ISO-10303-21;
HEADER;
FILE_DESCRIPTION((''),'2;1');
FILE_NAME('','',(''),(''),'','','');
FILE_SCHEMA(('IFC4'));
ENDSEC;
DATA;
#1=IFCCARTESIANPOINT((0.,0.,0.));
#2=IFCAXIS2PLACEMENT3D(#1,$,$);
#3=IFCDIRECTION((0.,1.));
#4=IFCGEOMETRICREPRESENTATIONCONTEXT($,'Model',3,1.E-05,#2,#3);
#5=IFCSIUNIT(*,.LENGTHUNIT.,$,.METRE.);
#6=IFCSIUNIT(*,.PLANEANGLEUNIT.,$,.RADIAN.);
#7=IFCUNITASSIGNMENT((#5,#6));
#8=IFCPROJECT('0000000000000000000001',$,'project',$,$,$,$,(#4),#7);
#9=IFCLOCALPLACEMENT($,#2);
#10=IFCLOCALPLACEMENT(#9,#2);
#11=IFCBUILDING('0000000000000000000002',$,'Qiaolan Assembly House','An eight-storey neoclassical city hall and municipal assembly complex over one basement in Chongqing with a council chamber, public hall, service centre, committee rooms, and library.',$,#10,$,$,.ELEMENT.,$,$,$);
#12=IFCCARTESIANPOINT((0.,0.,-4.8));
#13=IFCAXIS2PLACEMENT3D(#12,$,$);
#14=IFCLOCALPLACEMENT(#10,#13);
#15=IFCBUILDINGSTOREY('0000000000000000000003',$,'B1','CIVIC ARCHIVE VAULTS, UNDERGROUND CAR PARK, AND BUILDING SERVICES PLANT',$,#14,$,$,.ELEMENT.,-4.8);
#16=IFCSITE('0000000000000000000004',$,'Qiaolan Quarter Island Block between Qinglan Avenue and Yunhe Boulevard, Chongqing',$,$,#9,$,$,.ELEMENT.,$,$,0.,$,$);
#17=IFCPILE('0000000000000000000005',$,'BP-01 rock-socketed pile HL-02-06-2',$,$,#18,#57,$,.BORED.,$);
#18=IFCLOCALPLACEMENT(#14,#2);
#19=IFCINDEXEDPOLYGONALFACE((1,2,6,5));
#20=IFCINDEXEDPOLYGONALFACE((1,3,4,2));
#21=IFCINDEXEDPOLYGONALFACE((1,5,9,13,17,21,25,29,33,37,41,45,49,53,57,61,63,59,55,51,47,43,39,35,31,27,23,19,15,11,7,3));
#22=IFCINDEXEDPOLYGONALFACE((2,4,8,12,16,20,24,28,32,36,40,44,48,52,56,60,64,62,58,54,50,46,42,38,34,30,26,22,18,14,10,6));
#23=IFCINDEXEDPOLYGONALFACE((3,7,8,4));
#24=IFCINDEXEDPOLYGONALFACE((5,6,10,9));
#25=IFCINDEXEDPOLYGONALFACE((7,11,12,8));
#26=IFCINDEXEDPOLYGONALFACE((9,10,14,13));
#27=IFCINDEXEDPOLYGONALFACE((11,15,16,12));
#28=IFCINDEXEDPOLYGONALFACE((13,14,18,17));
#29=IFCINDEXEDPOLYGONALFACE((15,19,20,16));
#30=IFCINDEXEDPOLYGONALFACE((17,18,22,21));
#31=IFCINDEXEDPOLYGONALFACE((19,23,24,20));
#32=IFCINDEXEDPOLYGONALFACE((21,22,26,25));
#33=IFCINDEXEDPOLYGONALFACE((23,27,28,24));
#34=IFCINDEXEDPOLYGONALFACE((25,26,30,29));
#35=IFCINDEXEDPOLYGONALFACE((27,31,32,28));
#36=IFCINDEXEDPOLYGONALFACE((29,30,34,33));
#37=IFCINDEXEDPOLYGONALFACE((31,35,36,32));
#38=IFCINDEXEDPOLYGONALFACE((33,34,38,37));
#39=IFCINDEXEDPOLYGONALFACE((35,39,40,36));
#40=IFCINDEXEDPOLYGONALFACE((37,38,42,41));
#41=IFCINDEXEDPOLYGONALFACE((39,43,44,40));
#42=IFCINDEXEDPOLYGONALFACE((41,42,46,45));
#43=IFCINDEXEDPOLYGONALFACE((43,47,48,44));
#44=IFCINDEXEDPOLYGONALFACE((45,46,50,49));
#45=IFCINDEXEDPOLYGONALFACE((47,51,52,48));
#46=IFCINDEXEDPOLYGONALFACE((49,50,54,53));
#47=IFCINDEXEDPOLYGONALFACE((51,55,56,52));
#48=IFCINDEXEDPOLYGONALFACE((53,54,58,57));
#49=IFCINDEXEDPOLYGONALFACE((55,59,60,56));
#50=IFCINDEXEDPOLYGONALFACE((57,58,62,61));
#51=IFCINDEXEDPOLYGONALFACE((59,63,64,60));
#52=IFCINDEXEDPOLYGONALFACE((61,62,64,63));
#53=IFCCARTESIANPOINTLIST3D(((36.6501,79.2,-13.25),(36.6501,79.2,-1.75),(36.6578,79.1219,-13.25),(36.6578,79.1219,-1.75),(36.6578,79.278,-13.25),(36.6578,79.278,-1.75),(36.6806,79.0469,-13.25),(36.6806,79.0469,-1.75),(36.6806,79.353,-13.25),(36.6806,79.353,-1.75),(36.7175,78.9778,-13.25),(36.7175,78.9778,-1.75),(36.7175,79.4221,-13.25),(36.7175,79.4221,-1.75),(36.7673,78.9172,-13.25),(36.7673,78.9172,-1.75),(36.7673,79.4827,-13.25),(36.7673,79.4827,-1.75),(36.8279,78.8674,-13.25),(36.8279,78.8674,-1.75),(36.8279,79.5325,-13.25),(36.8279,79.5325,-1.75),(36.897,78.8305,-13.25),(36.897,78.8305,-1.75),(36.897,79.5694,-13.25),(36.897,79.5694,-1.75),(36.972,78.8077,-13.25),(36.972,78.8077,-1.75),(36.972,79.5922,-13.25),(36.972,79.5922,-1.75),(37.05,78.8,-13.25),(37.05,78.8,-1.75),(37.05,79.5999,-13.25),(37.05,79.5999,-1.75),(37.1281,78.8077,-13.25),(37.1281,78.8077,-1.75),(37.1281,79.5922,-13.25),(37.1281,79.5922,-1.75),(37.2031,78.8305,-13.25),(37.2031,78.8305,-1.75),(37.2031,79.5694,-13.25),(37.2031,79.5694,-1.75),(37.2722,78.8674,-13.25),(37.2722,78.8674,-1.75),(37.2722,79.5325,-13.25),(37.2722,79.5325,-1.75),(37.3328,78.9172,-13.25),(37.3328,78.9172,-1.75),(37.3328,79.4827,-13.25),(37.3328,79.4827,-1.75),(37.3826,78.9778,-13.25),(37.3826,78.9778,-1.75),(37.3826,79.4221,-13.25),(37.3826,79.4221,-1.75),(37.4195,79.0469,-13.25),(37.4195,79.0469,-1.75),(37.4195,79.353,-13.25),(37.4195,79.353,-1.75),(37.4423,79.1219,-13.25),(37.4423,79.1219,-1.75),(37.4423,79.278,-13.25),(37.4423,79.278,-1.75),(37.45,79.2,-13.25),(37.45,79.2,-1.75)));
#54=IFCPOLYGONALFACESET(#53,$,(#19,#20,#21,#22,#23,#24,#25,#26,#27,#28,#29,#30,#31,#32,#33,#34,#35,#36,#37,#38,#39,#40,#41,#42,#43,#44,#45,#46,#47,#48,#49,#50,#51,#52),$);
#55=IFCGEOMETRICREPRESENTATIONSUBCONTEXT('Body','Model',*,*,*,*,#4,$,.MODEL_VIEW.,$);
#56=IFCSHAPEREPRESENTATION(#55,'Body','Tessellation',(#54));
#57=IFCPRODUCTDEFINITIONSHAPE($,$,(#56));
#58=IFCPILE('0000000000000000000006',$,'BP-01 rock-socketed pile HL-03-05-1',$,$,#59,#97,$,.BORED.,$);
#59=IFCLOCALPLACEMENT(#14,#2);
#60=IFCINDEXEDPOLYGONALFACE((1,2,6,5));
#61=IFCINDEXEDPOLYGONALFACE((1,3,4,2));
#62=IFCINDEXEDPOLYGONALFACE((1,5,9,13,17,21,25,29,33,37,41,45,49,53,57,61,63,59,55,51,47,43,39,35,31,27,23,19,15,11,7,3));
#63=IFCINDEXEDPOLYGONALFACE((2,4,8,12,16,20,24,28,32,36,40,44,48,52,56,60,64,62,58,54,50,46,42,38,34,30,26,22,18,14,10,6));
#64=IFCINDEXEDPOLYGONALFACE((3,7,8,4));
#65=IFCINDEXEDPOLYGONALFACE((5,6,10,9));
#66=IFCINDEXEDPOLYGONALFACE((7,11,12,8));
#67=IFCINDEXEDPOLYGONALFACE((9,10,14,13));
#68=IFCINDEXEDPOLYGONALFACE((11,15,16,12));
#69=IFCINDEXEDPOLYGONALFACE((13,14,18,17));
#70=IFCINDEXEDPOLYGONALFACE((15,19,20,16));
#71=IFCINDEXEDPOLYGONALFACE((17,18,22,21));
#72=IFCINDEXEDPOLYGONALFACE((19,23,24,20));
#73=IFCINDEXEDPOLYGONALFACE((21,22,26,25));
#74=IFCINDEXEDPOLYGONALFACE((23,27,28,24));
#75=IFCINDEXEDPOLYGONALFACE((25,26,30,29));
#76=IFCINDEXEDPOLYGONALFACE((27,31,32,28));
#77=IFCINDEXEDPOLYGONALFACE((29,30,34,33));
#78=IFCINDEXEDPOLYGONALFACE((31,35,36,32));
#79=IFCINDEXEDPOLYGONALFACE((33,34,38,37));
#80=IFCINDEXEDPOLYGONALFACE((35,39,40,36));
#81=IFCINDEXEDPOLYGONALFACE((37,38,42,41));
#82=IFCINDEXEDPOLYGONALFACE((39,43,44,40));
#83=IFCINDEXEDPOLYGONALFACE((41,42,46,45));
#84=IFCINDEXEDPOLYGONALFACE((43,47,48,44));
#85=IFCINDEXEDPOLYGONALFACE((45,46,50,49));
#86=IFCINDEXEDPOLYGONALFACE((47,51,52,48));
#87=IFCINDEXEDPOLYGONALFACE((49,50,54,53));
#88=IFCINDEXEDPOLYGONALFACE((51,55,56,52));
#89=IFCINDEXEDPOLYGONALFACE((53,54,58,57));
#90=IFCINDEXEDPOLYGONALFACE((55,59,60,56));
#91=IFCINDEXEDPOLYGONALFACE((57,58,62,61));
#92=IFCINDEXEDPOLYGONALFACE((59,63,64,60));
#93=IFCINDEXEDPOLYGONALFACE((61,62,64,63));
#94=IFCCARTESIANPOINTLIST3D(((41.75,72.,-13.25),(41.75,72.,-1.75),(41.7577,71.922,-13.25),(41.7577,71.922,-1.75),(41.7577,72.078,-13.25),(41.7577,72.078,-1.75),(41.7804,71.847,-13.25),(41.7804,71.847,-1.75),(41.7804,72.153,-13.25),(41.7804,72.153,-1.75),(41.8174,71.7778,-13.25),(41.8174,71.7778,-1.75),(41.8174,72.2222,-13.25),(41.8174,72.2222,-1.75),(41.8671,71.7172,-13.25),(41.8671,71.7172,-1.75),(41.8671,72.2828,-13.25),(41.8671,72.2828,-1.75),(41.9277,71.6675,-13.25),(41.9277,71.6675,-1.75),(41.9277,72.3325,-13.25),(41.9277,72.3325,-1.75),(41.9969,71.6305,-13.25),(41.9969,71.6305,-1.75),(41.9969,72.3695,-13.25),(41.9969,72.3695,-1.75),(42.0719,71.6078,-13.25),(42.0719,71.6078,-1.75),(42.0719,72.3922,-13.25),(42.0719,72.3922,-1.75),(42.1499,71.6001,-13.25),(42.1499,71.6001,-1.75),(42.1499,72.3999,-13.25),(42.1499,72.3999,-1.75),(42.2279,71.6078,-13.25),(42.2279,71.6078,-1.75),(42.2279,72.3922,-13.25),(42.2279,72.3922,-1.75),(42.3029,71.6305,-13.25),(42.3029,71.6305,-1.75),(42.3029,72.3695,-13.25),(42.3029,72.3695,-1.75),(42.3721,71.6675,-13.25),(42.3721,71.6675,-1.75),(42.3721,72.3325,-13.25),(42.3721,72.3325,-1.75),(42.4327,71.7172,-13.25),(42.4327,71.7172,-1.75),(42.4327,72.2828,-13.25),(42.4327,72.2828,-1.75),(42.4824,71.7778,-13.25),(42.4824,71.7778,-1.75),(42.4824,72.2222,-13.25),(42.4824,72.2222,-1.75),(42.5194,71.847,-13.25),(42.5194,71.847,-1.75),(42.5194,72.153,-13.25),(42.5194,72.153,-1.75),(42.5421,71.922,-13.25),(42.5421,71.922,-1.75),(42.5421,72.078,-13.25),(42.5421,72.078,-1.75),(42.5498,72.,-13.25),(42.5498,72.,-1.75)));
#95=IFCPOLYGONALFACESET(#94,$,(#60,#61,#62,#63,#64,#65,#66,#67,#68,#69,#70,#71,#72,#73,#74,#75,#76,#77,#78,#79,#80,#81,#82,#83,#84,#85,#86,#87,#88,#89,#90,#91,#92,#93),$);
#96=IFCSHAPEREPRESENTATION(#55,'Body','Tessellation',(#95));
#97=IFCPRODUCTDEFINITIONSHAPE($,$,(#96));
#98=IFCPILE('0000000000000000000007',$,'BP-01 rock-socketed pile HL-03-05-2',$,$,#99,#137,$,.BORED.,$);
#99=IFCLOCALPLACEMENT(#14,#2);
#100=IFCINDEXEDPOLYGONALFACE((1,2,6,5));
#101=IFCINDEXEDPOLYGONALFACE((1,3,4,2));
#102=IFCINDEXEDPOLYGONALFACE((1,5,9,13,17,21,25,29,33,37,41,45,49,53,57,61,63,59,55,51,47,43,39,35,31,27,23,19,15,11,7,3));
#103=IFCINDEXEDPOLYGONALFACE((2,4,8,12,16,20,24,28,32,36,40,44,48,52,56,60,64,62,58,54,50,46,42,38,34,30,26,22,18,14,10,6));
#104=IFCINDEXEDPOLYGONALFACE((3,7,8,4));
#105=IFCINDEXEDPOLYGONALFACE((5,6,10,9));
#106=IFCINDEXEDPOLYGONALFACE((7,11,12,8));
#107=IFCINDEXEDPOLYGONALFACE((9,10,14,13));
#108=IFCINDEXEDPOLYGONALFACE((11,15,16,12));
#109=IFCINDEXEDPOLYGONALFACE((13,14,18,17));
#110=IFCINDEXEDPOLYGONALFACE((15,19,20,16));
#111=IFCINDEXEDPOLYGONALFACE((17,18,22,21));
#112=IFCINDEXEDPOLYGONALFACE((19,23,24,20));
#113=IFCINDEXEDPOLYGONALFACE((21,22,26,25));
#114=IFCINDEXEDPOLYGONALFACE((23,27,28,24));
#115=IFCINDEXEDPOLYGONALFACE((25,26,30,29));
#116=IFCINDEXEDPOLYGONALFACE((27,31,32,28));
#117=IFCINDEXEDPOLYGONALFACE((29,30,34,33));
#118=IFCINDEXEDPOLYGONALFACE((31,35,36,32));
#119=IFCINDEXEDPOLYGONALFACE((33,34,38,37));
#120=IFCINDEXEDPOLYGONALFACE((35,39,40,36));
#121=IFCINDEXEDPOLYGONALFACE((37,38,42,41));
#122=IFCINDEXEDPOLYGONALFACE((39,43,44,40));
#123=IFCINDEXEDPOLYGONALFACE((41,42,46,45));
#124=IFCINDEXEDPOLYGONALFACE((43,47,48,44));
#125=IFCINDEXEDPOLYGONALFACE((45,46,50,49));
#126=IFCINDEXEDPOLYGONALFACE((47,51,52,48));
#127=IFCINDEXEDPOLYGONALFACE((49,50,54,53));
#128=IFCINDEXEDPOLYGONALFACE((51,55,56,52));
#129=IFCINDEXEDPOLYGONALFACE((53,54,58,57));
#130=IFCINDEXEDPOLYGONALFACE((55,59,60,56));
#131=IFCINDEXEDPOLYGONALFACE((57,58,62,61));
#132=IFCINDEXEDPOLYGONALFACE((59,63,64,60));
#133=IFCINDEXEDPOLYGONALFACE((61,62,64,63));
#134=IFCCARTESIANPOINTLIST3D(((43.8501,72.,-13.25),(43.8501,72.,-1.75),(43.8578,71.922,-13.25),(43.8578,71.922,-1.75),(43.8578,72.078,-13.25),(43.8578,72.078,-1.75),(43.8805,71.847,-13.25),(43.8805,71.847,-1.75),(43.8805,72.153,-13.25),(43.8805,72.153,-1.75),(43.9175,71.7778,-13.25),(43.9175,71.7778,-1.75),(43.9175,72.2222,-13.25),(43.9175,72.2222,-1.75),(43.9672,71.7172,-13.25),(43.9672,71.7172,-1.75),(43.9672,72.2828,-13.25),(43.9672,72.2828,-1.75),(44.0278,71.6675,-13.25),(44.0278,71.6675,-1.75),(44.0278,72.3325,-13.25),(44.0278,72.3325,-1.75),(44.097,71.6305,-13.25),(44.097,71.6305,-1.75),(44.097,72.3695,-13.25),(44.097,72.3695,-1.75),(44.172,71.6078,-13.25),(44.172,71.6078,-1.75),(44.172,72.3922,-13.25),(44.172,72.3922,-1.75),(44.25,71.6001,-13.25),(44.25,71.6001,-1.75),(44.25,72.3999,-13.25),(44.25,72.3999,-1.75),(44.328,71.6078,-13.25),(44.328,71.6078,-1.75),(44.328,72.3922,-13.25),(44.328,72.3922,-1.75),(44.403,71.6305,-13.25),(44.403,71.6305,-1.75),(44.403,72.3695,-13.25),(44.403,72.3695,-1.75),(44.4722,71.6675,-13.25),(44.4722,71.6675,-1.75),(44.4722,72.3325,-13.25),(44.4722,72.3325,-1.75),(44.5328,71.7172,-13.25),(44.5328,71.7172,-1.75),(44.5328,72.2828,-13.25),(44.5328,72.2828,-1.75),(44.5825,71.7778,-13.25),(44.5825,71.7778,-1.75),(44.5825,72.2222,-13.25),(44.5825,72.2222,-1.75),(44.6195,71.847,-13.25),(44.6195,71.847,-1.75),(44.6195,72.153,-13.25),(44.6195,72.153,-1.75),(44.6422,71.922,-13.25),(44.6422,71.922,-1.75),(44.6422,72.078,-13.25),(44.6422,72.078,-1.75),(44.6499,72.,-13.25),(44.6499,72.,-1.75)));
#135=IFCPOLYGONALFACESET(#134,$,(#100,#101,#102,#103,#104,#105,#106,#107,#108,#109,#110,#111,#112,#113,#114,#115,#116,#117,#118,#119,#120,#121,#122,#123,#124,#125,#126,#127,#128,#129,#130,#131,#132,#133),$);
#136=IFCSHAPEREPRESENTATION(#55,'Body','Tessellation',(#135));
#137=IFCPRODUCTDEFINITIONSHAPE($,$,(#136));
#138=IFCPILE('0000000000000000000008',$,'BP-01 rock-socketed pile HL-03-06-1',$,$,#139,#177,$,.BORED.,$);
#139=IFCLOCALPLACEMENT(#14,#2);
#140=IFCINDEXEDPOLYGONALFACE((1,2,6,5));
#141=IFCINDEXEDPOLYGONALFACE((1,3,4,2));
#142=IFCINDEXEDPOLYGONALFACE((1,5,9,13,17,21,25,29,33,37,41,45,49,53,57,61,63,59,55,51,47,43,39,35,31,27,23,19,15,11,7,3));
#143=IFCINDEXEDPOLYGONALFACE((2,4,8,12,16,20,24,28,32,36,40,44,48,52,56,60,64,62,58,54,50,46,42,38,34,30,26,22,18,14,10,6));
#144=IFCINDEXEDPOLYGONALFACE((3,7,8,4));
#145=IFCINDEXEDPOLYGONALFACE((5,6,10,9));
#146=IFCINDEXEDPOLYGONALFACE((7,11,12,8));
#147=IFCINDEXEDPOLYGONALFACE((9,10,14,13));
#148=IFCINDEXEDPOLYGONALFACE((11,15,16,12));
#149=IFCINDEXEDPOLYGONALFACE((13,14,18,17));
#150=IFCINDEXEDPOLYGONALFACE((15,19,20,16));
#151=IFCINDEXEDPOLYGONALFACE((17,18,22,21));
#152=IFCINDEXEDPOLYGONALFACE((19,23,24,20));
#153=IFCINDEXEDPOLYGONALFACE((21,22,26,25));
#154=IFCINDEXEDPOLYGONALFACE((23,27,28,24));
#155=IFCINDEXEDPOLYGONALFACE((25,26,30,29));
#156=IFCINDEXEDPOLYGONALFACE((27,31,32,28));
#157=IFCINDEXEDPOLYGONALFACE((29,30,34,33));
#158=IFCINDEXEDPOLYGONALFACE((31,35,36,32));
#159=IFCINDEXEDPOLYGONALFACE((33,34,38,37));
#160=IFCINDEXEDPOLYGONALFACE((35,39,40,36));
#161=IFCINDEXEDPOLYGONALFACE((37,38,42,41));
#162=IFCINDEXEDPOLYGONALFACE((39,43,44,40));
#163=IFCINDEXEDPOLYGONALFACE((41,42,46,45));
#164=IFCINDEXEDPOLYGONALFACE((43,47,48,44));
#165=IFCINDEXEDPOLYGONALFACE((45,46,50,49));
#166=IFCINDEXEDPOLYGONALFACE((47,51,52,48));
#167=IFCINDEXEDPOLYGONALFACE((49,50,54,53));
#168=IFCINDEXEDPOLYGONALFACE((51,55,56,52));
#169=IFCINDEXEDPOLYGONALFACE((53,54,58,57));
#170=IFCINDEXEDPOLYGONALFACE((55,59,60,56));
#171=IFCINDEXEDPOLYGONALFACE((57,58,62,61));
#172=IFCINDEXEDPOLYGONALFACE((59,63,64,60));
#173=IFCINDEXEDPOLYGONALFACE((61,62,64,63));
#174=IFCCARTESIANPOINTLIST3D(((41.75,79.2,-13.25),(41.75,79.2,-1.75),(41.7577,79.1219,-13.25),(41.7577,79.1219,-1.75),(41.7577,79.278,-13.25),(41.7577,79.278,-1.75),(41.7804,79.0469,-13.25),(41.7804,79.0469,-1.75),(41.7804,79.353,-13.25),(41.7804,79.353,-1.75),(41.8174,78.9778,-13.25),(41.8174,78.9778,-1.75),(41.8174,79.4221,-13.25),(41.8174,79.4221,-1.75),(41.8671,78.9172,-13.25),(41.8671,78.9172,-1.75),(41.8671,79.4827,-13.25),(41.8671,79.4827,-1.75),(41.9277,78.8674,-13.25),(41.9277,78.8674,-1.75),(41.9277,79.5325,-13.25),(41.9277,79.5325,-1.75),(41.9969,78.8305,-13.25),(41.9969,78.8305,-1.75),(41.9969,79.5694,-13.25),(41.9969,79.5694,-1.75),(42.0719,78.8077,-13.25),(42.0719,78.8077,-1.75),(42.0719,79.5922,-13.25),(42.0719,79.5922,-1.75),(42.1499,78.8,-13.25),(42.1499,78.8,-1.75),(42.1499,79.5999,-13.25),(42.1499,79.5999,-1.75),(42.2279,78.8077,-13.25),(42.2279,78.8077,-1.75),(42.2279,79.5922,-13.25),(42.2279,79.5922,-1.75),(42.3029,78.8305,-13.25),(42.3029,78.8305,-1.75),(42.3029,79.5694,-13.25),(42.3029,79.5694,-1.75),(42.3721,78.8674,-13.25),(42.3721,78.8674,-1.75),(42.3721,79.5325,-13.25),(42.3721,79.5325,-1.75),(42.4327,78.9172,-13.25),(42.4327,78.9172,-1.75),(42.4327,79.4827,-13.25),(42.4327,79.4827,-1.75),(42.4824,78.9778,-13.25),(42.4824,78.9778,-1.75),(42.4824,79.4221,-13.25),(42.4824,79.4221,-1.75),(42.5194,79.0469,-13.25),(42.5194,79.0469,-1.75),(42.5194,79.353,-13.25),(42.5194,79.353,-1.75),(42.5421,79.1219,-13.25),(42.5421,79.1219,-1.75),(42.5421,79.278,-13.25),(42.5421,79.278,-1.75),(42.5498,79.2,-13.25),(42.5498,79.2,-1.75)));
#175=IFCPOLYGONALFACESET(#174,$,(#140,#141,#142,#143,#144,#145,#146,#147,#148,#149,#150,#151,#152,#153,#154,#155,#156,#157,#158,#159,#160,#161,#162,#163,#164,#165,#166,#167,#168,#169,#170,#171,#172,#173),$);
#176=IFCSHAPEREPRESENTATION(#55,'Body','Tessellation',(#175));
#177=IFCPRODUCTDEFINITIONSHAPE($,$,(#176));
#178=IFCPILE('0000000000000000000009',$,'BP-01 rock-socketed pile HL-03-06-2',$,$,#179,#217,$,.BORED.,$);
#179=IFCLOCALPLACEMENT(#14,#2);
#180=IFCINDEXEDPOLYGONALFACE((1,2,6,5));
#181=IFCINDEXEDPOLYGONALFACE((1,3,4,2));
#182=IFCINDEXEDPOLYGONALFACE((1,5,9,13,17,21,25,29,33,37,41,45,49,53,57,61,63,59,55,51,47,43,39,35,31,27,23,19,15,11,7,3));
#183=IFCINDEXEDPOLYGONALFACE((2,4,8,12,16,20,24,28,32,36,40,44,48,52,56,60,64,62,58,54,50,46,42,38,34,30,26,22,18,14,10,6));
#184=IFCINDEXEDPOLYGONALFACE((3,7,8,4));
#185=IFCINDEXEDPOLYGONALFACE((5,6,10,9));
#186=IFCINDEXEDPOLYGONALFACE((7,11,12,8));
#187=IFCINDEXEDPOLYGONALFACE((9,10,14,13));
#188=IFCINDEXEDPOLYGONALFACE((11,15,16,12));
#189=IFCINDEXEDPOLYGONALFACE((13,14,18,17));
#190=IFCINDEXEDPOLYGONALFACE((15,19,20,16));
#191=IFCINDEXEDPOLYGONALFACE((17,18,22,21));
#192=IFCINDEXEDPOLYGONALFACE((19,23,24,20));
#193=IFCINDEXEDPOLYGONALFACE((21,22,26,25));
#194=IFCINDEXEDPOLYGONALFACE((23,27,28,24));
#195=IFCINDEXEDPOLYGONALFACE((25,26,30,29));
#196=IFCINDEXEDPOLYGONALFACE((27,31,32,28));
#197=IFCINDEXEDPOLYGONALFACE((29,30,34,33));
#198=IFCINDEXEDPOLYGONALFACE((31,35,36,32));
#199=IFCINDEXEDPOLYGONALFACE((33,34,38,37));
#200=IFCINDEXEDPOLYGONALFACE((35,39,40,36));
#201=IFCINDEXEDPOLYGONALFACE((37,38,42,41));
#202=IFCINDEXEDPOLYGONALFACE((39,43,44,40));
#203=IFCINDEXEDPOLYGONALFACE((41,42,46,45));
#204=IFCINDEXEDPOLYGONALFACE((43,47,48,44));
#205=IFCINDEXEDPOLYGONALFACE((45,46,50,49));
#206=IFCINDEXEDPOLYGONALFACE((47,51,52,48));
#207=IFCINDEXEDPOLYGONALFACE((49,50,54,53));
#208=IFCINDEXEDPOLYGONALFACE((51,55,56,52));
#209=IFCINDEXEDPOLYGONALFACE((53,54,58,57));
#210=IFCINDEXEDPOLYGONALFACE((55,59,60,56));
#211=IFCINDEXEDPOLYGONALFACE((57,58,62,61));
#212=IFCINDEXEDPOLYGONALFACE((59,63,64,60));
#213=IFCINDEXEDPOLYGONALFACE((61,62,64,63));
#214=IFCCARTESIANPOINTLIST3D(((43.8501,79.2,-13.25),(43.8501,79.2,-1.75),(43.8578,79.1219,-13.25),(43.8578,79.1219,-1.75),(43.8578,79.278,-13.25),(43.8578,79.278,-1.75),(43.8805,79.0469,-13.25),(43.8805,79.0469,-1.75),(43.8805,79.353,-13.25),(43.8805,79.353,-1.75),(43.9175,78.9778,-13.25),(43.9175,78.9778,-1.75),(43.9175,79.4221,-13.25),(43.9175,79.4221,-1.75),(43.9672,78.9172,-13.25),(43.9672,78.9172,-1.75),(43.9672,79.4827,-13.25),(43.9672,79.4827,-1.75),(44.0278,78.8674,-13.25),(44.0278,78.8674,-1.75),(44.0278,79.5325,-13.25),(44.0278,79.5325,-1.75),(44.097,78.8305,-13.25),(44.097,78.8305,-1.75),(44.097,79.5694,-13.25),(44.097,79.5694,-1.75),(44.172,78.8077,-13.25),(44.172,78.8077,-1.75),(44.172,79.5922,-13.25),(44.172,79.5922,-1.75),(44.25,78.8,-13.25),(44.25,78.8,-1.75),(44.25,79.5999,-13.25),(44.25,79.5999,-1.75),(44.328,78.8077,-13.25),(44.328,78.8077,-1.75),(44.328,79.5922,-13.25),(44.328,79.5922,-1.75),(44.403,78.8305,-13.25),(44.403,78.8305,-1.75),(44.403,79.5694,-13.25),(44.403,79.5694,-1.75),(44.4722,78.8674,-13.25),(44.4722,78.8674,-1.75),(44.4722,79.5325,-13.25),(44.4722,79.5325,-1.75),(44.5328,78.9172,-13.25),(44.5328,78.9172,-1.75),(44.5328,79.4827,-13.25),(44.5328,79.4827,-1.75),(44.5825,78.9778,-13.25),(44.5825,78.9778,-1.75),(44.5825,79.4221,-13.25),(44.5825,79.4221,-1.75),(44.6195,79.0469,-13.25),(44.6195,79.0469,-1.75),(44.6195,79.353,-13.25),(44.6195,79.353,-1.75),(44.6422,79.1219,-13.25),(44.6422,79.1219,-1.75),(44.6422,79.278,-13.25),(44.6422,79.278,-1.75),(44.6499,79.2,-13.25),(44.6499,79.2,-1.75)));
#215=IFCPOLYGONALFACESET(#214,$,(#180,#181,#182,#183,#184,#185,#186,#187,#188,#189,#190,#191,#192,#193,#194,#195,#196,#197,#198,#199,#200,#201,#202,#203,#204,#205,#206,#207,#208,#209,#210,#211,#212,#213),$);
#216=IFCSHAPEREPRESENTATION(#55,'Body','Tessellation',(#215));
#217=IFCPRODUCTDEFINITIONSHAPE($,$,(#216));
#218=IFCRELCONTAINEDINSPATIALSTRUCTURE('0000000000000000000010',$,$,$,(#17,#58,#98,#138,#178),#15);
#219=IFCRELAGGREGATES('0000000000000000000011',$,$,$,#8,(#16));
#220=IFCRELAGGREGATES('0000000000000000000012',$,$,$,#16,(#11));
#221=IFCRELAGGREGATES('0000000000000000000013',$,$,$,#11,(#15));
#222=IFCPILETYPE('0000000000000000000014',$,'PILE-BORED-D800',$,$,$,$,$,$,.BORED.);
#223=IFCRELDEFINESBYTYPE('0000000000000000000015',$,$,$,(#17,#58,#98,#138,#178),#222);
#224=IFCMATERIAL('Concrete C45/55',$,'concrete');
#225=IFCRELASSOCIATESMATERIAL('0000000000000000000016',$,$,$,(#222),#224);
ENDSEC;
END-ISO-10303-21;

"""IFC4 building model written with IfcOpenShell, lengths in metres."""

from ifc_helpers import new_model, si_unit, direction, frame, origin, origin_2d, place, context, subcontext, project, spatial, circle, extrude, material, material_profile, profile_set, type_object, element, save


model = new_model("IFC4")

# Units and contexts
model_context = context("Model", 3, precision=1e-05, world=origin(), true_north=direction((0.0, 1.0)))
body_context = subcontext(model_context, "Body", "Model", "MODEL_VIEW")
ifc_project = project(units=[si_unit("LENGTHUNIT", "METRE"), si_unit("PLANEANGLEUNIT", "RADIAN")], contexts=[model_context])

# Site, building, storey
site_placement = place(None, origin())
site = spatial("IfcSite", under=ifc_project, at=site_placement, Name="Qiaolan Quarter Island Block between Qinglan Avenue and Yunhe Boulevard, Chongqing", CompositionType="ELEMENT", RefElevation=0.0)
building_placement = place(site_placement, origin())
building = spatial("IfcBuilding", under=site, at=building_placement, Name="Qiaolan Assembly House", Description="An eight-storey neoclassical city hall and municipal assembly complex over one basement in Chongqing with a council chamber, public hall, service centre, committee rooms, and library.", CompositionType="ELEMENT")
storey_placement = place(building_placement, frame((0.0, 0.0, -4.8)))
storey = spatial("IfcBuildingStorey", under=building, at=storey_placement, Name="B1", Description="CIVIC ARCHIVE VAULTS, UNDERGROUND CAR PARK, AND BUILDING SERVICES PLANT", CompositionType="ELEMENT", Elevation=-4.8)

# Piles
ifc_material_1 = material(Name="Concrete C45/55", Category="concrete")
ifc_material_profile_1 = material_profile(ifc_material_1, circle(Radius=0.3999, at=origin_2d()), Name="PILE D800")
ifc_profile_set_1 = profile_set([ifc_material_profile_1], Name="Concrete C45/55")
pile_type = type_object("IfcPileType", Name="PILE-BORED-D800", PredefinedType="BORED", material=ifc_profile_set_1)
for number, where, z_axis, x_axis, name in (
    (1, (37.05, 79.2, -1.75), (0.0, 0.0, -1.0), (1.0, 0.0, 0.0), "BP-01 rock-socketed pile HL-02-06-2"),
    (2, (42.1499, 72.0, -1.75), (0.0, 0.0, -1.0), (1.0, 0.0, 0.0), "BP-01 rock-socketed pile HL-03-05-1"),
    (3, (44.25, 72.0, -1.75), (0.0, 0.0, -1.0), (1.0, 0.0, 0.0), "BP-01 rock-socketed pile HL-03-05-2"),
    (4, (42.1499, 79.2, -1.75), (0.0, 0.0, -1.0), (1.0, 0.0, 0.0), "BP-01 rock-socketed pile HL-03-06-1"),
    (5, (44.25, 79.2, -1.75), (0.0, 0.0, -1.0), (1.0, 0.0, 0.0), "BP-01 rock-socketed pile HL-03-06-2"),
):
    element("IfcPile", number, at=place(storey_placement, frame(where, z_axis=z_axis, x_axis=x_axis)), inside=storey, type_object=pile_type, Name=name, PredefinedType="BORED", context=body_context, shape_type="SweptSolid", body=[
        extrude(circle(Radius=0.3999, at=origin_2d()), origin(), (0.0, 0.0, 1.0), 11.5),
    ])

save(model, "model.ifc")
